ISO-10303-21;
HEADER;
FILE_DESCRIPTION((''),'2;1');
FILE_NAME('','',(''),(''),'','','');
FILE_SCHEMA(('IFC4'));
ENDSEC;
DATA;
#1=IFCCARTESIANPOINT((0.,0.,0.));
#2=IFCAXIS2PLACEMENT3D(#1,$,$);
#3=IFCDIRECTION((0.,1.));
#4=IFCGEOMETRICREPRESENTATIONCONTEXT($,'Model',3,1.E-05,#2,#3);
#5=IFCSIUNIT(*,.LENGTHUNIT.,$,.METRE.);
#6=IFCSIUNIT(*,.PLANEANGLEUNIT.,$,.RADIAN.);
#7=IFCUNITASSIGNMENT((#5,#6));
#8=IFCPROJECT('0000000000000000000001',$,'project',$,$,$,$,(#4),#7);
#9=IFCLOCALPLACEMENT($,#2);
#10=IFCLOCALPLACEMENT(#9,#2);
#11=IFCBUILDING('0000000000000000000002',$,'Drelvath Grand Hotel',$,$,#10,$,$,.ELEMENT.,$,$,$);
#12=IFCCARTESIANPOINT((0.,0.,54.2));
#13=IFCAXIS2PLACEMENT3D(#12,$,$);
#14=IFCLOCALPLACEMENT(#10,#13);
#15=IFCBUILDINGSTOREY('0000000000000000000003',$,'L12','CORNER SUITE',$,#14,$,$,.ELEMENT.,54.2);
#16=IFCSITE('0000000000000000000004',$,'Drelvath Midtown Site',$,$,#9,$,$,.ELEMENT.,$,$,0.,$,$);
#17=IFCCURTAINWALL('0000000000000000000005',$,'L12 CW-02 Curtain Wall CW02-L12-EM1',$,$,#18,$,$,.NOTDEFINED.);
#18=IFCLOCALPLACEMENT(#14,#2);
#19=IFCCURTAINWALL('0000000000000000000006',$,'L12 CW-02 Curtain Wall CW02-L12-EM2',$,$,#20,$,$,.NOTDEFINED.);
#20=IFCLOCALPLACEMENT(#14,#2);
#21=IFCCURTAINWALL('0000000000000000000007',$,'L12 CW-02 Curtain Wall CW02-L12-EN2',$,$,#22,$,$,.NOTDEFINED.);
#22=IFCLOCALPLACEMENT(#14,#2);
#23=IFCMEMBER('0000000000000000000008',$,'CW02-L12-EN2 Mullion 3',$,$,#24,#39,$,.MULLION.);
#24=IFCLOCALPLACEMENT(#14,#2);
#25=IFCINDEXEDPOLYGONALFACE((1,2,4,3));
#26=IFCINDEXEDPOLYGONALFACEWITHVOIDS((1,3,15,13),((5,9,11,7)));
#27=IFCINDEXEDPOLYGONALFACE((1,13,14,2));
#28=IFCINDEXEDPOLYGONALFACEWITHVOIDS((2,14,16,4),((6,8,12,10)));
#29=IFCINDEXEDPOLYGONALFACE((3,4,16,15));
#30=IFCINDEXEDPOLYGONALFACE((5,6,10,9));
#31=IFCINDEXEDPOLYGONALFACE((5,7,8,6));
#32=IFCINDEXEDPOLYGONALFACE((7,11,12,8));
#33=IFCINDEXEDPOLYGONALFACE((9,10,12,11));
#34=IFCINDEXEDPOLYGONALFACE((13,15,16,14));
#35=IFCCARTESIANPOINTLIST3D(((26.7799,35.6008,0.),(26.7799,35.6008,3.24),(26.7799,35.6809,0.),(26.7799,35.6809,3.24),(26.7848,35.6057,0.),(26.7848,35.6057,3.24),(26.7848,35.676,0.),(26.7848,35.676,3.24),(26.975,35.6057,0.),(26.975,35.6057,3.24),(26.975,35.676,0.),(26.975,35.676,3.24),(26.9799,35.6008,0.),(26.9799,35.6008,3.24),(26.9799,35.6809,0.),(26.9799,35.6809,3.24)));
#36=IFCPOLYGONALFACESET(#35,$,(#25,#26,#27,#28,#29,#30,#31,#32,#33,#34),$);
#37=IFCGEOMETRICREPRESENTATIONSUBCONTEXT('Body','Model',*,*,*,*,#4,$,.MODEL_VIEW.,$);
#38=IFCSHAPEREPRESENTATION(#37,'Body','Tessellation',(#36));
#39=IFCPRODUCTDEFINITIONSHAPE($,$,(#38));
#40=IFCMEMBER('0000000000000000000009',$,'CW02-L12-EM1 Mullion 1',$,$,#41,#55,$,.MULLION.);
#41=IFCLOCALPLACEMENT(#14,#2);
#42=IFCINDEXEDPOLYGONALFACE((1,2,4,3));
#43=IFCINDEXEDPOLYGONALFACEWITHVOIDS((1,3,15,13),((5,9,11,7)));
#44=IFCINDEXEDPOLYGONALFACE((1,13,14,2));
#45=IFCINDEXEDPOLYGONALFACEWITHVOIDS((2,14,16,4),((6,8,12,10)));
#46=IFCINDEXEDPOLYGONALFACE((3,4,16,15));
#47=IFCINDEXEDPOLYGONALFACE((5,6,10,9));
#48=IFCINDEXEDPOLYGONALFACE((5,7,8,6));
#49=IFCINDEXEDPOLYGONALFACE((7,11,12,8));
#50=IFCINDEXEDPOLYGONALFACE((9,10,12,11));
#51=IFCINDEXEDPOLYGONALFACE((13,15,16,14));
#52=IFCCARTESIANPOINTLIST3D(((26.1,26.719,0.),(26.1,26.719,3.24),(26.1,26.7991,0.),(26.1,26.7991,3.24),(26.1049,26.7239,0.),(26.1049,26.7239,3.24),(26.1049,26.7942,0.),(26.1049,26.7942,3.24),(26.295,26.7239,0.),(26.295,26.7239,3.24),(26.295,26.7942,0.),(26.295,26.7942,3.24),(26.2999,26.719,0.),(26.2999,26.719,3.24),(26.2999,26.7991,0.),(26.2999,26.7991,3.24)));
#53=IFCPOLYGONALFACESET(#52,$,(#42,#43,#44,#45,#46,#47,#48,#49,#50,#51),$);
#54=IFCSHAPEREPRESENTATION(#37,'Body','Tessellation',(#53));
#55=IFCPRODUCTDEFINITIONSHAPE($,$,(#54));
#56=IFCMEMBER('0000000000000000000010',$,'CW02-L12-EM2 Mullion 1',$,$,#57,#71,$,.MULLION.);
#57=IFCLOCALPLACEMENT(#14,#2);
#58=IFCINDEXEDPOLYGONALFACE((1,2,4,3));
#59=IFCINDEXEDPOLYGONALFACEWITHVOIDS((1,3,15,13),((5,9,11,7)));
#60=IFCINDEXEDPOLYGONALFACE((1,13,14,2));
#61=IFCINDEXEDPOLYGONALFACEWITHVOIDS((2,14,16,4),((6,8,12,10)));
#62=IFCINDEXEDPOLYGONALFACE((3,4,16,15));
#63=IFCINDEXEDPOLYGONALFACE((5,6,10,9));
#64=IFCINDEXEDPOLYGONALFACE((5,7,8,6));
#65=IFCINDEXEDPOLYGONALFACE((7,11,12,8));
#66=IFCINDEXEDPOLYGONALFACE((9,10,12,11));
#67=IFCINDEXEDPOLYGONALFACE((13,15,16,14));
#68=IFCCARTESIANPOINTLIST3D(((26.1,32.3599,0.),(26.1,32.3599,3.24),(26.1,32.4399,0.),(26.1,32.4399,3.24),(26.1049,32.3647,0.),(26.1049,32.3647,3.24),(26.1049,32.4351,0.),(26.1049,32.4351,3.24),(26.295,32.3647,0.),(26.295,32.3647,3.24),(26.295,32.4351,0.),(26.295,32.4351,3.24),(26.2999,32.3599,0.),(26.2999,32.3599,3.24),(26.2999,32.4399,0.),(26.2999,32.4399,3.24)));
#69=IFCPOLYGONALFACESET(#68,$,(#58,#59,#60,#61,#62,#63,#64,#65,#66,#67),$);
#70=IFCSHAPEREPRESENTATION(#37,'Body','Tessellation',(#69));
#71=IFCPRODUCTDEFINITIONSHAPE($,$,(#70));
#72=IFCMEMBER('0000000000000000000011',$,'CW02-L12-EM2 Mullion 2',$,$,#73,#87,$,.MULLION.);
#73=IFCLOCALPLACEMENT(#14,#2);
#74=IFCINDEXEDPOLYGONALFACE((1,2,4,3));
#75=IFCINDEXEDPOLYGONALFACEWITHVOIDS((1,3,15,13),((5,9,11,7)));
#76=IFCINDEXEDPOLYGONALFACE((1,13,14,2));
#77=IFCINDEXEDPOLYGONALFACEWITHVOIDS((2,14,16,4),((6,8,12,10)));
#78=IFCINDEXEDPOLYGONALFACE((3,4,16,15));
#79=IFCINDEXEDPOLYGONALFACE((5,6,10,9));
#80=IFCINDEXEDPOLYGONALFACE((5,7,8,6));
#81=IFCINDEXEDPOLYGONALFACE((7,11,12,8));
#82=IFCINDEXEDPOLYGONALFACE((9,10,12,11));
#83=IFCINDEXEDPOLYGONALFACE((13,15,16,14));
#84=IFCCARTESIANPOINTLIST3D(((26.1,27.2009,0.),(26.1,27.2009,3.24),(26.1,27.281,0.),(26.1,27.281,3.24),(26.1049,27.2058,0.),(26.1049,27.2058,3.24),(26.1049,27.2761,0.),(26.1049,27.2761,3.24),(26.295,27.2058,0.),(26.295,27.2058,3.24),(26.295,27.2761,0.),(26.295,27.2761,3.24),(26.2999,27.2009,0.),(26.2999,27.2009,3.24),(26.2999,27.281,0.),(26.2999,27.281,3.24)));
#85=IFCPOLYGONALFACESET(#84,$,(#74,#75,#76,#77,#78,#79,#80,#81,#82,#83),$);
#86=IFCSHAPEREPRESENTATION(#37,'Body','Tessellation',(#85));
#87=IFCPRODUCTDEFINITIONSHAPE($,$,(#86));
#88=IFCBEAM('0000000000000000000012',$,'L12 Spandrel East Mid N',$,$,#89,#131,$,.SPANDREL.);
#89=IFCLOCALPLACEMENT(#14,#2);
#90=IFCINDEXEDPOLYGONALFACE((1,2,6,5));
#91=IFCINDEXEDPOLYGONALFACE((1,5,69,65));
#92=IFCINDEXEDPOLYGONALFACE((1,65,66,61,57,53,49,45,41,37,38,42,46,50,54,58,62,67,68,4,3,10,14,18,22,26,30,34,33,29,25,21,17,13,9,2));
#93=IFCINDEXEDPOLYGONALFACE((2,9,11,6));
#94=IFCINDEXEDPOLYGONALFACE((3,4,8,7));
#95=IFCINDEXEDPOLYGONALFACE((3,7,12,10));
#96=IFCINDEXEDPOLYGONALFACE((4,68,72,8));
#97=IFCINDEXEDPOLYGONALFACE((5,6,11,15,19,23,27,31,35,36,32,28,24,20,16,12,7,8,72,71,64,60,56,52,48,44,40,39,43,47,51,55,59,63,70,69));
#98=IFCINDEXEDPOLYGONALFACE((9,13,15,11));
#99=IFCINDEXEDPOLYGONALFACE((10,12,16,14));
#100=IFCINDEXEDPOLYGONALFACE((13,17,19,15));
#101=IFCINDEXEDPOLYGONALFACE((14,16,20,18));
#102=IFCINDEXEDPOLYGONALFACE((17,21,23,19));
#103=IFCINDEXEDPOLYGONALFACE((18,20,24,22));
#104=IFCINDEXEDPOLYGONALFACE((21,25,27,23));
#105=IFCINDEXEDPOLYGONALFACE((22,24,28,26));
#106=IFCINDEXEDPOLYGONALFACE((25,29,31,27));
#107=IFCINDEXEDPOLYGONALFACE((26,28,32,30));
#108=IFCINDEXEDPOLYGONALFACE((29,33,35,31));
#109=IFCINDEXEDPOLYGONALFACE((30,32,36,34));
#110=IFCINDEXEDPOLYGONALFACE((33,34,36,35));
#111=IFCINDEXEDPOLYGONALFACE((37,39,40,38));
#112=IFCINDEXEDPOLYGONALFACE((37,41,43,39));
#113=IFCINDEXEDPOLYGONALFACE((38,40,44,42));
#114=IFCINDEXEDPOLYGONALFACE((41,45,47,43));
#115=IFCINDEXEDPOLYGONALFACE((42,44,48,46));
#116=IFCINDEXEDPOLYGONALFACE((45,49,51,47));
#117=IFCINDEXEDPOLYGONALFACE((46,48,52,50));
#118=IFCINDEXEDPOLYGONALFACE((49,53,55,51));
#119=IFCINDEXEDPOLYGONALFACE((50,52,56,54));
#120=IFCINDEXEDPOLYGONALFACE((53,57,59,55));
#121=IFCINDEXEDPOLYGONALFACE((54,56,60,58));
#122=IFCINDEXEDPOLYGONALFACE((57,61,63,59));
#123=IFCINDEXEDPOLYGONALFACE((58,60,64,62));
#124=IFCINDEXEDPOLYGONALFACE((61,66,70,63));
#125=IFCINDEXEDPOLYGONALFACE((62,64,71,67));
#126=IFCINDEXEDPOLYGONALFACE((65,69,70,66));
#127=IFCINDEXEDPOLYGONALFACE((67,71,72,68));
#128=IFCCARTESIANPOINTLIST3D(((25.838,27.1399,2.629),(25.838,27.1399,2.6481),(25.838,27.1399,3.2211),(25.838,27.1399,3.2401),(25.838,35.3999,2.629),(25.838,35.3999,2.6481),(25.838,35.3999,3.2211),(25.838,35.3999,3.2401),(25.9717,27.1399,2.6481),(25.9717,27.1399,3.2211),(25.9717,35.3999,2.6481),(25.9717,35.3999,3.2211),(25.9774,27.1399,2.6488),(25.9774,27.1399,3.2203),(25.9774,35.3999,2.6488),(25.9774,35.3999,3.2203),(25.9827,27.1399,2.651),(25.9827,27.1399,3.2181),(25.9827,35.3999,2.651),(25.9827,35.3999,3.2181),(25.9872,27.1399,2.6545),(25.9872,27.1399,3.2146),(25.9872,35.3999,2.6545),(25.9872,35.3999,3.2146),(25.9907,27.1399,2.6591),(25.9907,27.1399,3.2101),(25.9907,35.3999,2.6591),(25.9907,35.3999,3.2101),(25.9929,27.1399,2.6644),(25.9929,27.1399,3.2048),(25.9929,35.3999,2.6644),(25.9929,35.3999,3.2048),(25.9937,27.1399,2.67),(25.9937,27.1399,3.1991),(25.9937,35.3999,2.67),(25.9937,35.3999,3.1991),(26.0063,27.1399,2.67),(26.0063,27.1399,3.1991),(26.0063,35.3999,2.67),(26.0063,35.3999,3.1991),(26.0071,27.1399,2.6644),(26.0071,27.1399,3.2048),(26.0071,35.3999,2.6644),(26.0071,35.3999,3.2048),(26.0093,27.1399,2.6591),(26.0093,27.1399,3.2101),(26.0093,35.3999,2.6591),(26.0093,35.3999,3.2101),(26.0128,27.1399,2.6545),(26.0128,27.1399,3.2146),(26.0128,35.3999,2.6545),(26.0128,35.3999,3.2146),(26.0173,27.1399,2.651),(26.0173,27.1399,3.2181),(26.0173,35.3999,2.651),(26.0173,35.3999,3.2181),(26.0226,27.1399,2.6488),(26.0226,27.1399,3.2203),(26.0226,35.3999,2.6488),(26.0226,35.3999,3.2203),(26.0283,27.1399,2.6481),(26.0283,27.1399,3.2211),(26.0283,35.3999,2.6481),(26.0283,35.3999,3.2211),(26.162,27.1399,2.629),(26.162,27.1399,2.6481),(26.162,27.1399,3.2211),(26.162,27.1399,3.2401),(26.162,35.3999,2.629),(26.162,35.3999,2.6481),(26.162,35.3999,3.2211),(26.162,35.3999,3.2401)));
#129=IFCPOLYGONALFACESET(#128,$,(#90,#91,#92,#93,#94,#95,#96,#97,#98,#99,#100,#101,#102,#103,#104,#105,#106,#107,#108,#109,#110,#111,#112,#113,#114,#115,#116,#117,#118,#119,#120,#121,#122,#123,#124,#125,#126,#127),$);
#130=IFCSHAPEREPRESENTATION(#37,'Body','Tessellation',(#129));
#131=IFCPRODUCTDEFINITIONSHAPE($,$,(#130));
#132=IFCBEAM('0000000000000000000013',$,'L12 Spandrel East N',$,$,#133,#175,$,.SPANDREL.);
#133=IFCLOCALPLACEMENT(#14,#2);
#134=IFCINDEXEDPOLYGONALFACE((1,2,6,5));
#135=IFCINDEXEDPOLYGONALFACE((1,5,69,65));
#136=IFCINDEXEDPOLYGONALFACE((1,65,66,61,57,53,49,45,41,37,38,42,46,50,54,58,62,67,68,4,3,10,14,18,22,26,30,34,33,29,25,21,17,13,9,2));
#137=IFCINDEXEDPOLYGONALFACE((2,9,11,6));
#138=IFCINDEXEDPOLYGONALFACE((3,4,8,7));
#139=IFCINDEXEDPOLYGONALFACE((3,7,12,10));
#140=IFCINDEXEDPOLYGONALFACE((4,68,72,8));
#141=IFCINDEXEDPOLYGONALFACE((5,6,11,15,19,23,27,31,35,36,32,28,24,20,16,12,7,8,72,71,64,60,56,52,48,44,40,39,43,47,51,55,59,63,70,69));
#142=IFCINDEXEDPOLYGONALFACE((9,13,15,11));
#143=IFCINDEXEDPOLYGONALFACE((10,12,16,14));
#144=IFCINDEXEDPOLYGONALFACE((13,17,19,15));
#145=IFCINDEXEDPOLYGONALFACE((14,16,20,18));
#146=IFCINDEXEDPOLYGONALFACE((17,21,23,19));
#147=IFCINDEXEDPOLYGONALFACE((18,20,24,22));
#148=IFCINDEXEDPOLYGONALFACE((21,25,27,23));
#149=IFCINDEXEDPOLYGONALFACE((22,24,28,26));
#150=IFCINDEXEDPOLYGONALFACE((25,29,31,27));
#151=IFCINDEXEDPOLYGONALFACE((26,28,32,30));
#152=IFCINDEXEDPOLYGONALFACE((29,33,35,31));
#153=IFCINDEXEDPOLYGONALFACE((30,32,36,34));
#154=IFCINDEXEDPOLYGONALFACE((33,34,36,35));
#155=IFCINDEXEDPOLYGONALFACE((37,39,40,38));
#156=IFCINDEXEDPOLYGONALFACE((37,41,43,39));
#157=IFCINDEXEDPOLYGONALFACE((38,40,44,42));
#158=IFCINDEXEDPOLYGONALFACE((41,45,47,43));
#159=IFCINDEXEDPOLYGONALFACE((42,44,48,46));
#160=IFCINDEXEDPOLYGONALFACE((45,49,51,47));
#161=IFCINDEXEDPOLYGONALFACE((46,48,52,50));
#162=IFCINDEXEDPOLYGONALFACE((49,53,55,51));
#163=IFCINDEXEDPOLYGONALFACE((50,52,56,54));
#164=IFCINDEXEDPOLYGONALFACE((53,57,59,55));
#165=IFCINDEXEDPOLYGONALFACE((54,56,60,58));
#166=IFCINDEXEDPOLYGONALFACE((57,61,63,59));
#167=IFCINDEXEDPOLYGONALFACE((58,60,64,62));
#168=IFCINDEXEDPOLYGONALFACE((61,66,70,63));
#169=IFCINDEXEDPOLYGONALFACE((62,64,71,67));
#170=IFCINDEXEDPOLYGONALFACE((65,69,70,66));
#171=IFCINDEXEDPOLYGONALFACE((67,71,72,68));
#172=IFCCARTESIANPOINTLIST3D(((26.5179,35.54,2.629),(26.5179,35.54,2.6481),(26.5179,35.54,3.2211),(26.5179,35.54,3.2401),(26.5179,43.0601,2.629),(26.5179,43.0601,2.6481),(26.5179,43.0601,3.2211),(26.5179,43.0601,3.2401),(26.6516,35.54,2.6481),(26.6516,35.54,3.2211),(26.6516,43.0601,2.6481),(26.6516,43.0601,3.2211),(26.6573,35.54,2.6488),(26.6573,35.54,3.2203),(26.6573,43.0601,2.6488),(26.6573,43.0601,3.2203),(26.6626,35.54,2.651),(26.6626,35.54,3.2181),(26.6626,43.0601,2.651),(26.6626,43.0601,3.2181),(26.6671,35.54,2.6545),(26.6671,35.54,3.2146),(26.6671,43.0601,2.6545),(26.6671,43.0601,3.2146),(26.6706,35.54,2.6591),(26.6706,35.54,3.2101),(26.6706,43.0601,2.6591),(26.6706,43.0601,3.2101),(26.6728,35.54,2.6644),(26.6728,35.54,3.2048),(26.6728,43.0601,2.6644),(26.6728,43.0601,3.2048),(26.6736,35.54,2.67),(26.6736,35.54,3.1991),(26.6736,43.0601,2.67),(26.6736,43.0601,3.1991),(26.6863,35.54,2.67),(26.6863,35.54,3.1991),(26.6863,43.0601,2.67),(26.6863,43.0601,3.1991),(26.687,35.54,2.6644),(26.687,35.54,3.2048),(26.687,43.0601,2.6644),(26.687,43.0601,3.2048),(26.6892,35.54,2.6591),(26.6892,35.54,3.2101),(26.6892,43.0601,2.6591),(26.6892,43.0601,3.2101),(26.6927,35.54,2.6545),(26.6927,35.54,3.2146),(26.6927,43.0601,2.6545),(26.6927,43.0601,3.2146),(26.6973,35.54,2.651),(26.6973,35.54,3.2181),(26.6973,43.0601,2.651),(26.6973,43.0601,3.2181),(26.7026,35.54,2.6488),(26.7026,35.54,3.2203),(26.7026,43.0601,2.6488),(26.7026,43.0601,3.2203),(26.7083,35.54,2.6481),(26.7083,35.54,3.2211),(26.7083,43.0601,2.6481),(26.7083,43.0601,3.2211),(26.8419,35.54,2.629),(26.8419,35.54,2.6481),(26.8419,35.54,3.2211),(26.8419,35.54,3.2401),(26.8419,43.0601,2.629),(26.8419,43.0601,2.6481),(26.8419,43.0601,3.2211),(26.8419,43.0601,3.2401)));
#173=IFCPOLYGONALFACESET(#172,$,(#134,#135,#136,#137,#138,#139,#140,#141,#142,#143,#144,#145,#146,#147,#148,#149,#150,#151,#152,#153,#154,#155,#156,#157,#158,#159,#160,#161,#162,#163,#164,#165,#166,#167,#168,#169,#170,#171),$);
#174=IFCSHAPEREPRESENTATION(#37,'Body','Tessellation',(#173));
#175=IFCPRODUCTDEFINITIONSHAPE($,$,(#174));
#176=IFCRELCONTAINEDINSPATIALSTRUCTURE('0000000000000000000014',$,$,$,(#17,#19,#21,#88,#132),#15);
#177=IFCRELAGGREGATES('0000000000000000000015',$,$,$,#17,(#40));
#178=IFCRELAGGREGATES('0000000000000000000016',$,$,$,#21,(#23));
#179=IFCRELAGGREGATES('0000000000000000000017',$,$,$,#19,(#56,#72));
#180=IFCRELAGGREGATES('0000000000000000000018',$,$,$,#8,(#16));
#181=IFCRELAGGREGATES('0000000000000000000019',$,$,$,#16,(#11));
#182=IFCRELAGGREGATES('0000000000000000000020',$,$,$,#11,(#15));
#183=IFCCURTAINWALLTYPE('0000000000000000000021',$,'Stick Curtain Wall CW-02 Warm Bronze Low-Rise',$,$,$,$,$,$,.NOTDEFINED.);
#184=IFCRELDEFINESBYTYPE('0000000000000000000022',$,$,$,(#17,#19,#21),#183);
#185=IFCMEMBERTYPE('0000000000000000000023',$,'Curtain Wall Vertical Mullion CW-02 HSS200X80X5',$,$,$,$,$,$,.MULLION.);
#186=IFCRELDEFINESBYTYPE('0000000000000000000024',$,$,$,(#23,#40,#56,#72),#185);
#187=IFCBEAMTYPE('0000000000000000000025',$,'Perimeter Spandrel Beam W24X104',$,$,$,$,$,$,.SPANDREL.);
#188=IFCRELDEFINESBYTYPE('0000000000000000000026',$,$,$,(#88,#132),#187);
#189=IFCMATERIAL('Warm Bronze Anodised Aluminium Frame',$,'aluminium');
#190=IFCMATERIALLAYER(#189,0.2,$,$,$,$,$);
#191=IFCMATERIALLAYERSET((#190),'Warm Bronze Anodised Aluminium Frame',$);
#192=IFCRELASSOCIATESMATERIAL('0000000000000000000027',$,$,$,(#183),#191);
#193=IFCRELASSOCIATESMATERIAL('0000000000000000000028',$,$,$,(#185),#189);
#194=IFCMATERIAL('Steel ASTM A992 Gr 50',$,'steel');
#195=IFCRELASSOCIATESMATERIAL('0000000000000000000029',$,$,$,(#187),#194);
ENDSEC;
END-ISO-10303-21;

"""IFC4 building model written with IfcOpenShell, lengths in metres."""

from ifc_helpers import new_model, si_unit, direction, frame, origin, origin_2d, place, context, subcontext, project, spatial, hollow_rectangle, i_section, extrude, material, layer, layer_set, material_profile, profile_set, type_object, element, aggregate, save


model = new_model("IFC4")

# Units and contexts
model_context = context("Model", 3, precision=1e-05, world=origin(), true_north=direction((0.0, 1.0)))
body_context = subcontext(model_context, "Body", "Model", "MODEL_VIEW")
ifc_project = project(units=[si_unit("LENGTHUNIT", "METRE"), si_unit("PLANEANGLEUNIT", "RADIAN")], contexts=[model_context])

# Site, building, storey
site_placement = place(None, origin())
site = spatial("IfcSite", under=ifc_project, at=site_placement, Name="Drelvath Midtown Site", CompositionType="ELEMENT", RefElevation=0.0)
building_placement = place(site_placement, origin())
building = spatial("IfcBuilding", under=site, at=building_placement, Name="Drelvath Grand Hotel", CompositionType="ELEMENT")
storey_placement = place(building_placement, frame((0.0, 0.0, 54.2)))
storey = spatial("IfcBuildingStorey", under=building, at=storey_placement, Name="L12", Description="CORNER SUITE", CompositionType="ELEMENT", Elevation=54.2)

# Curtain walls
ifc_material_1 = material(Name="Warm Bronze Anodised Aluminium Frame", Category="aluminium")
ifc_layer_1 = layer(ifc_material_1, 0.2)
ifc_layer_set_1 = layer_set([ifc_layer_1], Name="Warm Bronze Anodised Aluminium Frame")
curtain_wall_type = type_object("IfcCurtainWallType", Name="Stick Curtain Wall CW-02 Warm Bronze Low-Rise", PredefinedType="NOTDEFINED", material=ifc_layer_set_1)
curtain_wall_1_placement = place(storey_placement, origin())
curtain_wall_1 = element("IfcCurtainWall", 1, at=curtain_wall_1_placement, inside=storey, type_object=curtain_wall_type, Name="L12 CW-02 Curtain Wall CW02-L12-EM1", PredefinedType="NOTDEFINED")
curtain_wall_2_placement = place(storey_placement, origin())
curtain_wall_2 = element("IfcCurtainWall", 2, at=curtain_wall_2_placement, inside=storey, type_object=curtain_wall_type, Name="L12 CW-02 Curtain Wall CW02-L12-EM2", PredefinedType="NOTDEFINED")

# Shared definitions
ifc_material_profile_1 = material_profile(ifc_material_1, hollow_rectangle(XDim=0.0801, YDim=0.2, WallThickness=0.0049, at=origin_2d()), Name="HSS200X80X5")
ifc_profile_set_1 = profile_set([ifc_material_profile_1], Name="Warm Bronze Anodised Aluminium Frame")
member_type_1 = type_object("IfcMemberType", Name="Curtain Wall Vertical Mullion CW-02 HSS200X80X5", PredefinedType="MULLION", material=ifc_profile_set_1)

# Curtain wall, member
curtain_wall_3_placement = place(storey_placement, origin())
curtain_wall_3 = element("IfcCurtainWall", 3, at=curtain_wall_3_placement, inside=storey, type_object=curtain_wall_type, Name="L12 CW-02 Curtain Wall CW02-L12-EN2", PredefinedType="NOTDEFINED")
member_1_placement = place(storey_placement, frame((26.8799, 35.6409, 0.0), z_axis=(0.0, 0.0, 1.0), x_axis=(0.0, 1.0, 0.0)))
member_1 = element("IfcMember", 4, at=member_1_placement, type_object=member_type_1, Name="CW02-L12-EN2 Mullion 3", PredefinedType="MULLION", context=body_context, shape_type="SweptSolid", body=[
    extrude(hollow_rectangle(XDim=0.0801, YDim=0.2, WallThickness=0.0049, at=origin_2d()), origin(), (0.0, 0.0, 1.0), 3.24),
])

# Members
member_2_placement = place(storey_placement, frame((26.2, 26.759, 0.0), z_axis=(0.0, 0.0, 1.0), x_axis=(0.0, 1.0, 0.0)))
member_2 = element("IfcMember", 5, at=member_2_placement, type_object=member_type_1, Name="CW02-L12-EM1 Mullion 1", PredefinedType="MULLION", context=body_context, shape_type="SweptSolid", body=[
    extrude(hollow_rectangle(XDim=0.0801, YDim=0.2, WallThickness=0.0049, at=origin_2d()), origin(), (0.0, 0.0, 1.0), 3.24),
])
aggregate(curtain_wall_1, [member_2])
member_3_placement = place(storey_placement, frame((26.2, 32.3999, 0.0), z_axis=(0.0, 0.0, 1.0), x_axis=(0.0, 1.0, 0.0)))
member_3 = element("IfcMember", 6, at=member_3_placement, type_object=member_type_1, Name="CW02-L12-EM2 Mullion 1", PredefinedType="MULLION", context=body_context, shape_type="SweptSolid", body=[
    extrude(hollow_rectangle(XDim=0.0801, YDim=0.2, WallThickness=0.0049, at=origin_2d()), origin(), (0.0, 0.0, 1.0), 3.24),
])
member_4_placement = place(storey_placement, frame((26.2, 27.241, 0.0), z_axis=(0.0, 0.0, 1.0), x_axis=(0.0, 1.0, 0.0)))
member_4 = element("IfcMember", 7, at=member_4_placement, type_object=member_type_1, Name="CW02-L12-EM2 Mullion 2", PredefinedType="MULLION", context=body_context, shape_type="SweptSolid", body=[
    extrude(hollow_rectangle(XDim=0.0801, YDim=0.2, WallThickness=0.0049, at=origin_2d()), origin(), (0.0, 0.0, 1.0), 3.24),
])

# Beams
ifc_material_2 = material(Name="Steel ASTM A992 Gr 50", Category="steel")
ifc_material_profile_2 = material_profile(ifc_material_2, i_section(OverallWidth=0.324, OverallDepth=0.6111, WebThickness=0.0127, FlangeThickness=0.019, FilletRadius=0.022, at=origin_2d()), Name="W24X104")
ifc_profile_set_2 = profile_set([ifc_material_profile_2], Name="Steel ASTM A992 Gr 50")
beam_type_1 = type_object("IfcBeamType", Name="Perimeter Spandrel Beam W24X104", PredefinedType="SPANDREL", material=ifc_profile_set_2)
beam_1_placement = place(storey_placement, frame((26.0, 27.1399, 2.9346), z_axis=(0.0, 1.0, 0.0), x_axis=(-1.0, 0.0, 0.0)))
element("IfcBeam", 8, at=beam_1_placement, inside=storey, type_object=beam_type_1, Name="L12 Spandrel East Mid N", PredefinedType="SPANDREL", context=body_context, shape_type="SweptSolid", body=[
    extrude(i_section(OverallWidth=0.324, OverallDepth=0.6111, WebThickness=0.0127, FlangeThickness=0.019, FilletRadius=0.022, at=origin_2d()), origin(), (0.0, 0.0, 1.0), 8.26),
])
beam_2_placement = place(storey_placement, frame((26.6799, 35.54, 2.9346), z_axis=(0.0, 1.0, 0.0), x_axis=(-1.0, 0.0, 0.0)))
element("IfcBeam", 9, at=beam_2_placement, inside=storey, type_object=beam_type_1, Name="L12 Spandrel East N", PredefinedType="SPANDREL", context=body_context, shape_type="SweptSolid", body=[
    extrude(i_section(OverallWidth=0.324, OverallDepth=0.6111, WebThickness=0.0127, FlangeThickness=0.019, FilletRadius=0.022, at=origin_2d()), origin(), (0.0, 0.0, 1.0), 7.52),
])

aggregate(curtain_wall_3, [member_1])
aggregate(curtain_wall_2, [member_3, member_4])

save(model, "model.ifc")
